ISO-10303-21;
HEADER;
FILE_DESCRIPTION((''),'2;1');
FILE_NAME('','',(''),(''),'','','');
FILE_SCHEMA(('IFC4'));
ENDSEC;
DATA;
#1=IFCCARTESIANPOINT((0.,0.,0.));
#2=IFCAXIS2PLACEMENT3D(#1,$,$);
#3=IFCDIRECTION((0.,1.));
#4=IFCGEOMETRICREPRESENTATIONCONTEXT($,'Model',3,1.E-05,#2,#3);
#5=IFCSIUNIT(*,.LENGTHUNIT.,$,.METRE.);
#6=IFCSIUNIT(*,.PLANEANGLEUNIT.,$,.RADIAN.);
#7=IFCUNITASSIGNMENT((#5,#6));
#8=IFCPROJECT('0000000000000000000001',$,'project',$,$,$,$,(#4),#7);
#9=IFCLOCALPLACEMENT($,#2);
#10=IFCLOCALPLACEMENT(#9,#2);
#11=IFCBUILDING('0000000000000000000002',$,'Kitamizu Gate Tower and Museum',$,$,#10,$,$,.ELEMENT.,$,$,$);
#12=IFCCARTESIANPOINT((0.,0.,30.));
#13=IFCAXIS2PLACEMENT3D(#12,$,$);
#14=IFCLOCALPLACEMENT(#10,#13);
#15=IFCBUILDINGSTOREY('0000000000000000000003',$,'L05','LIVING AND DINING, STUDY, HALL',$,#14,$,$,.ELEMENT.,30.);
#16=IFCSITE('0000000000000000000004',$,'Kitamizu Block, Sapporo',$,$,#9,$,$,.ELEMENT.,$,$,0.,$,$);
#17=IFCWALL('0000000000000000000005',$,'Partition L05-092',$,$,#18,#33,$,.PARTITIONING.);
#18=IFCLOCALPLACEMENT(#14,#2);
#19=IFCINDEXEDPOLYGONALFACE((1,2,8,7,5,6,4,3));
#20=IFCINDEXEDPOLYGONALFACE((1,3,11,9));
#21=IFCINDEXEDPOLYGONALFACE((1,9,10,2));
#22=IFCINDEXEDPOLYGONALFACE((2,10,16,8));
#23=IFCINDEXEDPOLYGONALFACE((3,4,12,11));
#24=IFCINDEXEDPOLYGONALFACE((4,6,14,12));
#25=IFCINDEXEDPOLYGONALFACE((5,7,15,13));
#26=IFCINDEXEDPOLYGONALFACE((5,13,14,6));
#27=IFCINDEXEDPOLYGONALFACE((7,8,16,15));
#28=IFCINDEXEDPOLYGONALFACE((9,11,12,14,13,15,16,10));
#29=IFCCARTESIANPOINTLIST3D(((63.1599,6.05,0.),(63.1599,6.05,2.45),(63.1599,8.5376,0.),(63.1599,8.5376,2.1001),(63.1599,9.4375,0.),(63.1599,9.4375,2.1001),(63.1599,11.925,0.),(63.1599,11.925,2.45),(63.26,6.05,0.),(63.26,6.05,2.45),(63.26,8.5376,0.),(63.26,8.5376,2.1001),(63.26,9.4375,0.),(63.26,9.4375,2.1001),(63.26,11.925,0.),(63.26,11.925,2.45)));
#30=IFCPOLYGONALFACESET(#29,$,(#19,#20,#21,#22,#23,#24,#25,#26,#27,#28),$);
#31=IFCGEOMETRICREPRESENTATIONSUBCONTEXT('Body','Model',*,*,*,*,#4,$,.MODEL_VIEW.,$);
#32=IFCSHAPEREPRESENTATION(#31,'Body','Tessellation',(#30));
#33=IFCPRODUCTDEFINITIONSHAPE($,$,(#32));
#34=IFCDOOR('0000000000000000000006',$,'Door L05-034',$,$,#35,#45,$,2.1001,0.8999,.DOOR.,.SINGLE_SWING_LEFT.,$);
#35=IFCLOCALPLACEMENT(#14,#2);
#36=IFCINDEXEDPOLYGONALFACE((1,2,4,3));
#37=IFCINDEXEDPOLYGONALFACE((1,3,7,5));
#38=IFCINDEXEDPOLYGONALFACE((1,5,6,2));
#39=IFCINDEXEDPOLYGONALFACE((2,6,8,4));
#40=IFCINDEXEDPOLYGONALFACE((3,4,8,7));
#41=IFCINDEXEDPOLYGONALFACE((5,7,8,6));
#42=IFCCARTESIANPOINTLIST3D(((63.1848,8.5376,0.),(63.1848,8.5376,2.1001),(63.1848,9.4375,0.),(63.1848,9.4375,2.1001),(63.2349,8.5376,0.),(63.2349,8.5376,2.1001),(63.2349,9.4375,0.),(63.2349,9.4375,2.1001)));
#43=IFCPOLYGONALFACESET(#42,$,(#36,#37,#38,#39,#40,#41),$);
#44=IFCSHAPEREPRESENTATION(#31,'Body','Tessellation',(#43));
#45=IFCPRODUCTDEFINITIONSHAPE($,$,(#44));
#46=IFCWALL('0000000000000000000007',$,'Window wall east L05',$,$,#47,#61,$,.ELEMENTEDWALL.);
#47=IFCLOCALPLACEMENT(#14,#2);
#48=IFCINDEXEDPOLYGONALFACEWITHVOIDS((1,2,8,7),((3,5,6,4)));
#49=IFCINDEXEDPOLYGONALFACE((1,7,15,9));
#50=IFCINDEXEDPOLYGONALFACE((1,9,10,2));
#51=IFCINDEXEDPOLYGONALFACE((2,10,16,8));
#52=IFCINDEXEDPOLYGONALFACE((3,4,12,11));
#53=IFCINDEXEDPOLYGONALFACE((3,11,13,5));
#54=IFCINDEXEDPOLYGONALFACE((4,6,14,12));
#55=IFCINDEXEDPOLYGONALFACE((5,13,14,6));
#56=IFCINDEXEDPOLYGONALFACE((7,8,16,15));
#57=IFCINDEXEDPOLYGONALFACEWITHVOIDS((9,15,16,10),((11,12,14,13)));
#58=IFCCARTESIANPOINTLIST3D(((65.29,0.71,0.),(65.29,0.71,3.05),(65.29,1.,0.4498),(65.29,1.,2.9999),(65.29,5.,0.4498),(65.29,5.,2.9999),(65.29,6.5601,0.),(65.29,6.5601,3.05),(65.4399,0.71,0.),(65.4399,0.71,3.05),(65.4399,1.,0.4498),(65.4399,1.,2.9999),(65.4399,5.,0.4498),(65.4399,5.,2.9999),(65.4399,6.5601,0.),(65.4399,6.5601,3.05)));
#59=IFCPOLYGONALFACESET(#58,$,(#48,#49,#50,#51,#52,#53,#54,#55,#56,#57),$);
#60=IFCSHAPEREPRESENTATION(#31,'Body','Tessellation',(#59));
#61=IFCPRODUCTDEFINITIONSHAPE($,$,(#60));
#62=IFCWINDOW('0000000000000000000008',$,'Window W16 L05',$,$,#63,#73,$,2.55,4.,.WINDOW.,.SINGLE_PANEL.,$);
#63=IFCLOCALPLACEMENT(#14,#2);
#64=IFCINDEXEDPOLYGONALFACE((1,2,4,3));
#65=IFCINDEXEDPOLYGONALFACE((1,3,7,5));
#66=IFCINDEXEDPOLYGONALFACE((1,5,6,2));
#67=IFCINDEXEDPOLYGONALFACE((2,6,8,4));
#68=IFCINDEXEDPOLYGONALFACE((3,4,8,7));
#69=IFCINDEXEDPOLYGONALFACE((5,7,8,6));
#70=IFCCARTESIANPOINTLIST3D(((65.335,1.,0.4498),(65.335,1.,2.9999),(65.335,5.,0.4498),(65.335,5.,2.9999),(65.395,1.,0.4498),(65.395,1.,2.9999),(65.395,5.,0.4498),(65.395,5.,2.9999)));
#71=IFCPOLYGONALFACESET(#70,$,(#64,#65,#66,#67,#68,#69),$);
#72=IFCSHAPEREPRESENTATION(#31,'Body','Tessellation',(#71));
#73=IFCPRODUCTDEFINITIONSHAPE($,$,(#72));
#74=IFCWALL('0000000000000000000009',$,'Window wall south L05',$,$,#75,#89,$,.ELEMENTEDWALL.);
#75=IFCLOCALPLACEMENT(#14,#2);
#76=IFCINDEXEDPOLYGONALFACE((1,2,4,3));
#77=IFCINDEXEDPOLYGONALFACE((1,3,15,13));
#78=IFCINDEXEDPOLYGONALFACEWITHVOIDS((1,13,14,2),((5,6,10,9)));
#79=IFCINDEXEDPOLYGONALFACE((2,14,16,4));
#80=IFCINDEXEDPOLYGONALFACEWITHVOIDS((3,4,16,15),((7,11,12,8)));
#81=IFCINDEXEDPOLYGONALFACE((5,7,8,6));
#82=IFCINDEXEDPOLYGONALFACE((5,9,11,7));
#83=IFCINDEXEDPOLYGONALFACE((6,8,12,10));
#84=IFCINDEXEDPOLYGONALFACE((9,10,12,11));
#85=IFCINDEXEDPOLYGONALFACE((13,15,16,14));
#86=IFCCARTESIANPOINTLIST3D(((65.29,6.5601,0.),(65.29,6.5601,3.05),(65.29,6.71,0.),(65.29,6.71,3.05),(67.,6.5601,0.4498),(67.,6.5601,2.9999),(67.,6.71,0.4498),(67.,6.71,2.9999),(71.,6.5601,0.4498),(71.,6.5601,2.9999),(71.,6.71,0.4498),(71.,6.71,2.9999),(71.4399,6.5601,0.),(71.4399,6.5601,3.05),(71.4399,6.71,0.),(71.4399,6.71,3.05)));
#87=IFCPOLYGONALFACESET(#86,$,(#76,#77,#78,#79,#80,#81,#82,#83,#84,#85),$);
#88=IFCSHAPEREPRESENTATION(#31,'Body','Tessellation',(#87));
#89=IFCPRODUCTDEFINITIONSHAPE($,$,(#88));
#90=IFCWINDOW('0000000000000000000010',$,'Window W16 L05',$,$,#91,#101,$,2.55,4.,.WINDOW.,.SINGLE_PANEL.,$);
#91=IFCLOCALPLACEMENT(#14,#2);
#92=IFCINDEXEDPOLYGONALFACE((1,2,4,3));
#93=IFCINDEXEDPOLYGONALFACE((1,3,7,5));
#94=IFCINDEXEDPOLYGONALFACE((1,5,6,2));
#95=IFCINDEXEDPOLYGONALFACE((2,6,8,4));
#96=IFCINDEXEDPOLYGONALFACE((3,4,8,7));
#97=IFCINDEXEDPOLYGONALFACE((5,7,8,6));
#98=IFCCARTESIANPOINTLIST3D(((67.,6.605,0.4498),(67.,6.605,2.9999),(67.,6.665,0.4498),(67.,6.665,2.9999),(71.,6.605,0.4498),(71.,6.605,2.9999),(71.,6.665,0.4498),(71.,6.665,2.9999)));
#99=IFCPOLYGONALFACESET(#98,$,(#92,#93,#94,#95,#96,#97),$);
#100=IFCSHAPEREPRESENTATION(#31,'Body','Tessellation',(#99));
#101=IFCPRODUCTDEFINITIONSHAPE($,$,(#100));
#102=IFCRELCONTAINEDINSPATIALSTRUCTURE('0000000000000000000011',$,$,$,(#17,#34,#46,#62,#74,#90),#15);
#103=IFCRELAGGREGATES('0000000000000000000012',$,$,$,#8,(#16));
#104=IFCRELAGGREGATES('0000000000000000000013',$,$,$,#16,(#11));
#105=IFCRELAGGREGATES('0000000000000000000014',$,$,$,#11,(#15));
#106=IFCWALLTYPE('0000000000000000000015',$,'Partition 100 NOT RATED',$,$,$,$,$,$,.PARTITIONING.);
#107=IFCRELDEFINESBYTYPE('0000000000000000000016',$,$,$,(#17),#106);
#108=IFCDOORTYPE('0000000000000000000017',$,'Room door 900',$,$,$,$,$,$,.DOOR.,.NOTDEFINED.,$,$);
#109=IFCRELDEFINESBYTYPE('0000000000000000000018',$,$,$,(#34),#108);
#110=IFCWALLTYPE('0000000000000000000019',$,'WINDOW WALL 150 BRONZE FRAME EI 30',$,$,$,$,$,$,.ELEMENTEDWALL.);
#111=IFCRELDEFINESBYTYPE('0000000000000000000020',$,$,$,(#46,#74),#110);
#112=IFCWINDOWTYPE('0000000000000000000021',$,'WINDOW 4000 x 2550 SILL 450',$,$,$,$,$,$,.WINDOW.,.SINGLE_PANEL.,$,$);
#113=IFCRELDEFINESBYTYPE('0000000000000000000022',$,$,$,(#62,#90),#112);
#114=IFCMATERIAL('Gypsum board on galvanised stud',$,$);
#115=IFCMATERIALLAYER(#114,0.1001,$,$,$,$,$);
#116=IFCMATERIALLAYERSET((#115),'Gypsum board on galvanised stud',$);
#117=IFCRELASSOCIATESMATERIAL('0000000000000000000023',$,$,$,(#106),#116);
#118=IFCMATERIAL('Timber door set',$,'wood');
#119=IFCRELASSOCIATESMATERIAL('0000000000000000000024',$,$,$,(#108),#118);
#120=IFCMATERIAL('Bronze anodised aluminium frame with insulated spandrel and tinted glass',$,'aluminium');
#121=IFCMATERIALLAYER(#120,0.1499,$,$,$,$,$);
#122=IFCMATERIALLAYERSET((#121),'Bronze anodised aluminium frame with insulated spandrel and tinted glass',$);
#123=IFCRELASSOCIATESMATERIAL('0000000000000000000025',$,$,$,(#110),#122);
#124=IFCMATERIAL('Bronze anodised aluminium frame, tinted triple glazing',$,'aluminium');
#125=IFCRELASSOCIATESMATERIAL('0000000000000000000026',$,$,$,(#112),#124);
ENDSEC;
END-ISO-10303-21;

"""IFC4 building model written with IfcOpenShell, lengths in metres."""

from ifc_helpers import new_model, si_unit, direction, frame, frame_2d, origin, place, context, subcontext, project, spatial, rectangle, extrude, material, layer, layer_set, type_object, element, fill, save


model = new_model("IFC4")

# Units and contexts
model_context = context("Model", 3, precision=1e-05, world=origin(), true_north=direction((0.0, 1.0)))
body_context = subcontext(model_context, "Body", "Model", "MODEL_VIEW")
ifc_project = project(units=[si_unit("LENGTHUNIT", "METRE"), si_unit("PLANEANGLEUNIT", "RADIAN")], contexts=[model_context])

# Site, building, storey
site_placement = place(None, origin())
site = spatial("IfcSite", under=ifc_project, at=site_placement, Name="Kitamizu Block, Sapporo", CompositionType="ELEMENT", RefElevation=0.0)
building_placement = place(site_placement, origin())
building = spatial("IfcBuilding", under=site, at=building_placement, Name="Kitamizu Gate Tower and Museum", CompositionType="ELEMENT")
storey_placement = place(building_placement, frame((0.0, 0.0, 30.0)))
storey = spatial("IfcBuildingStorey", under=building, at=storey_placement, Name="L05", Description="LIVING AND DINING, STUDY, HALL", CompositionType="ELEMENT", Elevation=30.0)

# Shared definitions
ifc_material_1 = material(Name="Gypsum board on galvanised stud")
ifc_layer_1 = layer(ifc_material_1, 0.1001)
ifc_layer_set_1 = layer_set([ifc_layer_1], Name="Gypsum board on galvanised stud")
wall_type_1 = type_object("IfcWallType", Name="Partition 100 NOT RATED", PredefinedType="PARTITIONING", material=ifc_layer_set_1)
ifc_material_2 = material(Name="Timber door set", Category="wood")
door_type = type_object("IfcDoorType", Name="Room door 900", OperationType="NOTDEFINED", PredefinedType="DOOR", material=ifc_material_2)

# Wall, opening, door
wall_1_placement = place(storey_placement, frame((63.21, 6.05, 0.0), z_axis=(0.0, 0.0, 1.0), x_axis=(0.0, 1.0, 0.0)))
wall_1 = element("IfcWall", 1, at=wall_1_placement, inside=storey, type_object=wall_type_1, Name="Partition L05-092", PredefinedType="PARTITIONING", context=body_context, shape_type="SweptSolid", body=[
    extrude(rectangle(XDim=5.875, YDim=0.1001, at=frame_2d((2.9375, 0.0))), origin(), (0.0, 0.0, 1.0), 2.45),
])
opening_1_placement = place(wall_1_placement, frame((2.4875, 0.0, 0.0)))
opening_1 = element("IfcOpeningElement", 2, at=opening_1_placement, cuts=wall_1, PredefinedType="OPENING", context=body_context, shape_type="SweptSolid", body=[
    extrude(rectangle(XDim=0.8999, YDim=2.1001, at=frame_2d((0.45, 1.05))), frame((0.0, 0.0601, 0.0), z_axis=(0.0, -1.0, 0.0), x_axis=(1.0, 0.0, 0.0)), (0.0, 0.0, 1.0), 0.1201),
])
door_1_placement = place(opening_1_placement, frame((0.8999, 0.0, 0.0), x_axis=(-1.0, 0.0, 0.0)))
door_1 = element("IfcDoor", 3, at=door_1_placement, inside=storey, type_object=door_type, Name="Door L05-034", OperationType="SINGLE_SWING_LEFT", OverallHeight=2.1001, OverallWidth=0.8999, PredefinedType="DOOR", context=body_context, shape_type="SweptSolid", body=[
    extrude(rectangle(XDim=0.8999, YDim=2.1001, at=frame_2d((0.45, 1.05))), frame((0.0, 0.0249, 0.0), z_axis=(0.0, -1.0, 0.0), x_axis=(1.0, 0.0, 0.0)), (0.0, 0.0, 1.0), 0.05),
])
fill(opening_1, door_1)

# Walls, openings, windows
ifc_material_3 = material(Name="Bronze anodised aluminium frame with insulated spandrel and tinted glass", Category="aluminium")
ifc_layer_2 = layer(ifc_material_3, 0.1499)
ifc_layer_set_2 = layer_set([ifc_layer_2], Name="Bronze anodised aluminium frame with insulated spandrel and tinted glass")
wall_type_2 = type_object("IfcWallType", Name="WINDOW WALL 150 BRONZE FRAME EI 30", PredefinedType="ELEMENTEDWALL", material=ifc_layer_set_2)
wall_2_placement = place(storey_placement, frame((65.365, 0.71, 0.0), z_axis=(0.0, 0.0, 1.0), x_axis=(0.0, 1.0, 0.0)))
wall_2 = element("IfcWall", 4, at=wall_2_placement, inside=storey, type_object=wall_type_2, Name="Window wall east L05", PredefinedType="ELEMENTEDWALL", context=body_context, shape_type="SweptSolid", body=[
    extrude(rectangle(XDim=5.8501, YDim=0.1499, at=frame_2d((2.925, 0.0))), origin(), (0.0, 0.0, 1.0), 3.05),
])
opening_2_placement = place(wall_2_placement, frame((0.29, 0.0, 0.45)))
opening_2 = element("IfcOpeningElement", 5, at=opening_2_placement, cuts=wall_2, PredefinedType="OPENING", context=body_context, shape_type="SweptSolid", body=[
    extrude(rectangle(XDim=4.0, YDim=2.55, at=frame_2d((2.0, 1.2749))), frame((0.0, 0.085, 0.0), z_axis=(0.0, -1.0, 0.0), x_axis=(1.0, 0.0, 0.0)), (0.0, 0.0, 1.0), 0.1699),
])
ifc_material_4 = material(Name="Bronze anodised aluminium frame, tinted triple glazing", Category="aluminium")
window_type_1 = type_object("IfcWindowType", Name="WINDOW 4000 x 2550 SILL 450", PartitioningType="SINGLE_PANEL", PredefinedType="WINDOW", material=ifc_material_4)
window_1_placement = place(opening_2_placement, origin())
window_1 = element("IfcWindow", 6, at=window_1_placement, inside=storey, type_object=window_type_1, Name="Window W16 L05", OverallHeight=2.55, OverallWidth=4.0, PartitioningType="SINGLE_PANEL", PredefinedType="WINDOW", context=body_context, shape_type="SweptSolid", body=[
    extrude(rectangle(XDim=4.0, YDim=2.55, at=frame_2d((2.0, 1.2749))), frame((0.0, 0.03, 0.0), z_axis=(0.0, -1.0, 0.0), x_axis=(1.0, 0.0, 0.0)), (0.0, 0.0, 1.0), 0.0601),
])
fill(opening_2, window_1)
wall_3_placement = place(storey_placement, frame((65.29, 6.635, 0.0), z_axis=(0.0, 0.0, 1.0), x_axis=(1.0, 0.0, 0.0)))
wall_3 = element("IfcWall", 7, at=wall_3_placement, inside=storey, type_object=wall_type_2, Name="Window wall south L05", PredefinedType="ELEMENTEDWALL", context=body_context, shape_type="SweptSolid", body=[
    extrude(rectangle(XDim=6.1499, YDim=0.1499, at=frame_2d((3.075, 0.0))), origin(), (0.0, 0.0, 1.0), 3.05),
])
opening_3_placement = place(wall_3_placement, frame((1.71, 0.0, 0.45)))
opening_3 = element("IfcOpeningElement", 8, at=opening_3_placement, cuts=wall_3, PredefinedType="OPENING", context=body_context, shape_type="SweptSolid", body=[
    extrude(rectangle(XDim=4.0, YDim=2.55, at=frame_2d((2.0, 1.2749))), frame((0.0, 0.085, 0.0), z_axis=(0.0, -1.0, 0.0), x_axis=(1.0, 0.0, 0.0)), (0.0, 0.0, 1.0), 0.1699),
])
window_2_placement = place(opening_3_placement, origin())
window_2 = element("IfcWindow", 9, at=window_2_placement, inside=storey, type_object=window_type_1, Name="Window W16 L05", OverallHeight=2.55, OverallWidth=4.0, PartitioningType="SINGLE_PANEL", PredefinedType="WINDOW", context=body_context, shape_type="SweptSolid", body=[
    extrude(rectangle(XDim=4.0, YDim=2.55, at=frame_2d((2.0, 1.2749))), frame((0.0, 0.03, 0.0), z_axis=(0.0, -1.0, 0.0), x_axis=(1.0, 0.0, 0.0)), (0.0, 0.0, 1.0), 0.0601),
])
fill(opening_3, window_2)

save(model, "model.ifc")
